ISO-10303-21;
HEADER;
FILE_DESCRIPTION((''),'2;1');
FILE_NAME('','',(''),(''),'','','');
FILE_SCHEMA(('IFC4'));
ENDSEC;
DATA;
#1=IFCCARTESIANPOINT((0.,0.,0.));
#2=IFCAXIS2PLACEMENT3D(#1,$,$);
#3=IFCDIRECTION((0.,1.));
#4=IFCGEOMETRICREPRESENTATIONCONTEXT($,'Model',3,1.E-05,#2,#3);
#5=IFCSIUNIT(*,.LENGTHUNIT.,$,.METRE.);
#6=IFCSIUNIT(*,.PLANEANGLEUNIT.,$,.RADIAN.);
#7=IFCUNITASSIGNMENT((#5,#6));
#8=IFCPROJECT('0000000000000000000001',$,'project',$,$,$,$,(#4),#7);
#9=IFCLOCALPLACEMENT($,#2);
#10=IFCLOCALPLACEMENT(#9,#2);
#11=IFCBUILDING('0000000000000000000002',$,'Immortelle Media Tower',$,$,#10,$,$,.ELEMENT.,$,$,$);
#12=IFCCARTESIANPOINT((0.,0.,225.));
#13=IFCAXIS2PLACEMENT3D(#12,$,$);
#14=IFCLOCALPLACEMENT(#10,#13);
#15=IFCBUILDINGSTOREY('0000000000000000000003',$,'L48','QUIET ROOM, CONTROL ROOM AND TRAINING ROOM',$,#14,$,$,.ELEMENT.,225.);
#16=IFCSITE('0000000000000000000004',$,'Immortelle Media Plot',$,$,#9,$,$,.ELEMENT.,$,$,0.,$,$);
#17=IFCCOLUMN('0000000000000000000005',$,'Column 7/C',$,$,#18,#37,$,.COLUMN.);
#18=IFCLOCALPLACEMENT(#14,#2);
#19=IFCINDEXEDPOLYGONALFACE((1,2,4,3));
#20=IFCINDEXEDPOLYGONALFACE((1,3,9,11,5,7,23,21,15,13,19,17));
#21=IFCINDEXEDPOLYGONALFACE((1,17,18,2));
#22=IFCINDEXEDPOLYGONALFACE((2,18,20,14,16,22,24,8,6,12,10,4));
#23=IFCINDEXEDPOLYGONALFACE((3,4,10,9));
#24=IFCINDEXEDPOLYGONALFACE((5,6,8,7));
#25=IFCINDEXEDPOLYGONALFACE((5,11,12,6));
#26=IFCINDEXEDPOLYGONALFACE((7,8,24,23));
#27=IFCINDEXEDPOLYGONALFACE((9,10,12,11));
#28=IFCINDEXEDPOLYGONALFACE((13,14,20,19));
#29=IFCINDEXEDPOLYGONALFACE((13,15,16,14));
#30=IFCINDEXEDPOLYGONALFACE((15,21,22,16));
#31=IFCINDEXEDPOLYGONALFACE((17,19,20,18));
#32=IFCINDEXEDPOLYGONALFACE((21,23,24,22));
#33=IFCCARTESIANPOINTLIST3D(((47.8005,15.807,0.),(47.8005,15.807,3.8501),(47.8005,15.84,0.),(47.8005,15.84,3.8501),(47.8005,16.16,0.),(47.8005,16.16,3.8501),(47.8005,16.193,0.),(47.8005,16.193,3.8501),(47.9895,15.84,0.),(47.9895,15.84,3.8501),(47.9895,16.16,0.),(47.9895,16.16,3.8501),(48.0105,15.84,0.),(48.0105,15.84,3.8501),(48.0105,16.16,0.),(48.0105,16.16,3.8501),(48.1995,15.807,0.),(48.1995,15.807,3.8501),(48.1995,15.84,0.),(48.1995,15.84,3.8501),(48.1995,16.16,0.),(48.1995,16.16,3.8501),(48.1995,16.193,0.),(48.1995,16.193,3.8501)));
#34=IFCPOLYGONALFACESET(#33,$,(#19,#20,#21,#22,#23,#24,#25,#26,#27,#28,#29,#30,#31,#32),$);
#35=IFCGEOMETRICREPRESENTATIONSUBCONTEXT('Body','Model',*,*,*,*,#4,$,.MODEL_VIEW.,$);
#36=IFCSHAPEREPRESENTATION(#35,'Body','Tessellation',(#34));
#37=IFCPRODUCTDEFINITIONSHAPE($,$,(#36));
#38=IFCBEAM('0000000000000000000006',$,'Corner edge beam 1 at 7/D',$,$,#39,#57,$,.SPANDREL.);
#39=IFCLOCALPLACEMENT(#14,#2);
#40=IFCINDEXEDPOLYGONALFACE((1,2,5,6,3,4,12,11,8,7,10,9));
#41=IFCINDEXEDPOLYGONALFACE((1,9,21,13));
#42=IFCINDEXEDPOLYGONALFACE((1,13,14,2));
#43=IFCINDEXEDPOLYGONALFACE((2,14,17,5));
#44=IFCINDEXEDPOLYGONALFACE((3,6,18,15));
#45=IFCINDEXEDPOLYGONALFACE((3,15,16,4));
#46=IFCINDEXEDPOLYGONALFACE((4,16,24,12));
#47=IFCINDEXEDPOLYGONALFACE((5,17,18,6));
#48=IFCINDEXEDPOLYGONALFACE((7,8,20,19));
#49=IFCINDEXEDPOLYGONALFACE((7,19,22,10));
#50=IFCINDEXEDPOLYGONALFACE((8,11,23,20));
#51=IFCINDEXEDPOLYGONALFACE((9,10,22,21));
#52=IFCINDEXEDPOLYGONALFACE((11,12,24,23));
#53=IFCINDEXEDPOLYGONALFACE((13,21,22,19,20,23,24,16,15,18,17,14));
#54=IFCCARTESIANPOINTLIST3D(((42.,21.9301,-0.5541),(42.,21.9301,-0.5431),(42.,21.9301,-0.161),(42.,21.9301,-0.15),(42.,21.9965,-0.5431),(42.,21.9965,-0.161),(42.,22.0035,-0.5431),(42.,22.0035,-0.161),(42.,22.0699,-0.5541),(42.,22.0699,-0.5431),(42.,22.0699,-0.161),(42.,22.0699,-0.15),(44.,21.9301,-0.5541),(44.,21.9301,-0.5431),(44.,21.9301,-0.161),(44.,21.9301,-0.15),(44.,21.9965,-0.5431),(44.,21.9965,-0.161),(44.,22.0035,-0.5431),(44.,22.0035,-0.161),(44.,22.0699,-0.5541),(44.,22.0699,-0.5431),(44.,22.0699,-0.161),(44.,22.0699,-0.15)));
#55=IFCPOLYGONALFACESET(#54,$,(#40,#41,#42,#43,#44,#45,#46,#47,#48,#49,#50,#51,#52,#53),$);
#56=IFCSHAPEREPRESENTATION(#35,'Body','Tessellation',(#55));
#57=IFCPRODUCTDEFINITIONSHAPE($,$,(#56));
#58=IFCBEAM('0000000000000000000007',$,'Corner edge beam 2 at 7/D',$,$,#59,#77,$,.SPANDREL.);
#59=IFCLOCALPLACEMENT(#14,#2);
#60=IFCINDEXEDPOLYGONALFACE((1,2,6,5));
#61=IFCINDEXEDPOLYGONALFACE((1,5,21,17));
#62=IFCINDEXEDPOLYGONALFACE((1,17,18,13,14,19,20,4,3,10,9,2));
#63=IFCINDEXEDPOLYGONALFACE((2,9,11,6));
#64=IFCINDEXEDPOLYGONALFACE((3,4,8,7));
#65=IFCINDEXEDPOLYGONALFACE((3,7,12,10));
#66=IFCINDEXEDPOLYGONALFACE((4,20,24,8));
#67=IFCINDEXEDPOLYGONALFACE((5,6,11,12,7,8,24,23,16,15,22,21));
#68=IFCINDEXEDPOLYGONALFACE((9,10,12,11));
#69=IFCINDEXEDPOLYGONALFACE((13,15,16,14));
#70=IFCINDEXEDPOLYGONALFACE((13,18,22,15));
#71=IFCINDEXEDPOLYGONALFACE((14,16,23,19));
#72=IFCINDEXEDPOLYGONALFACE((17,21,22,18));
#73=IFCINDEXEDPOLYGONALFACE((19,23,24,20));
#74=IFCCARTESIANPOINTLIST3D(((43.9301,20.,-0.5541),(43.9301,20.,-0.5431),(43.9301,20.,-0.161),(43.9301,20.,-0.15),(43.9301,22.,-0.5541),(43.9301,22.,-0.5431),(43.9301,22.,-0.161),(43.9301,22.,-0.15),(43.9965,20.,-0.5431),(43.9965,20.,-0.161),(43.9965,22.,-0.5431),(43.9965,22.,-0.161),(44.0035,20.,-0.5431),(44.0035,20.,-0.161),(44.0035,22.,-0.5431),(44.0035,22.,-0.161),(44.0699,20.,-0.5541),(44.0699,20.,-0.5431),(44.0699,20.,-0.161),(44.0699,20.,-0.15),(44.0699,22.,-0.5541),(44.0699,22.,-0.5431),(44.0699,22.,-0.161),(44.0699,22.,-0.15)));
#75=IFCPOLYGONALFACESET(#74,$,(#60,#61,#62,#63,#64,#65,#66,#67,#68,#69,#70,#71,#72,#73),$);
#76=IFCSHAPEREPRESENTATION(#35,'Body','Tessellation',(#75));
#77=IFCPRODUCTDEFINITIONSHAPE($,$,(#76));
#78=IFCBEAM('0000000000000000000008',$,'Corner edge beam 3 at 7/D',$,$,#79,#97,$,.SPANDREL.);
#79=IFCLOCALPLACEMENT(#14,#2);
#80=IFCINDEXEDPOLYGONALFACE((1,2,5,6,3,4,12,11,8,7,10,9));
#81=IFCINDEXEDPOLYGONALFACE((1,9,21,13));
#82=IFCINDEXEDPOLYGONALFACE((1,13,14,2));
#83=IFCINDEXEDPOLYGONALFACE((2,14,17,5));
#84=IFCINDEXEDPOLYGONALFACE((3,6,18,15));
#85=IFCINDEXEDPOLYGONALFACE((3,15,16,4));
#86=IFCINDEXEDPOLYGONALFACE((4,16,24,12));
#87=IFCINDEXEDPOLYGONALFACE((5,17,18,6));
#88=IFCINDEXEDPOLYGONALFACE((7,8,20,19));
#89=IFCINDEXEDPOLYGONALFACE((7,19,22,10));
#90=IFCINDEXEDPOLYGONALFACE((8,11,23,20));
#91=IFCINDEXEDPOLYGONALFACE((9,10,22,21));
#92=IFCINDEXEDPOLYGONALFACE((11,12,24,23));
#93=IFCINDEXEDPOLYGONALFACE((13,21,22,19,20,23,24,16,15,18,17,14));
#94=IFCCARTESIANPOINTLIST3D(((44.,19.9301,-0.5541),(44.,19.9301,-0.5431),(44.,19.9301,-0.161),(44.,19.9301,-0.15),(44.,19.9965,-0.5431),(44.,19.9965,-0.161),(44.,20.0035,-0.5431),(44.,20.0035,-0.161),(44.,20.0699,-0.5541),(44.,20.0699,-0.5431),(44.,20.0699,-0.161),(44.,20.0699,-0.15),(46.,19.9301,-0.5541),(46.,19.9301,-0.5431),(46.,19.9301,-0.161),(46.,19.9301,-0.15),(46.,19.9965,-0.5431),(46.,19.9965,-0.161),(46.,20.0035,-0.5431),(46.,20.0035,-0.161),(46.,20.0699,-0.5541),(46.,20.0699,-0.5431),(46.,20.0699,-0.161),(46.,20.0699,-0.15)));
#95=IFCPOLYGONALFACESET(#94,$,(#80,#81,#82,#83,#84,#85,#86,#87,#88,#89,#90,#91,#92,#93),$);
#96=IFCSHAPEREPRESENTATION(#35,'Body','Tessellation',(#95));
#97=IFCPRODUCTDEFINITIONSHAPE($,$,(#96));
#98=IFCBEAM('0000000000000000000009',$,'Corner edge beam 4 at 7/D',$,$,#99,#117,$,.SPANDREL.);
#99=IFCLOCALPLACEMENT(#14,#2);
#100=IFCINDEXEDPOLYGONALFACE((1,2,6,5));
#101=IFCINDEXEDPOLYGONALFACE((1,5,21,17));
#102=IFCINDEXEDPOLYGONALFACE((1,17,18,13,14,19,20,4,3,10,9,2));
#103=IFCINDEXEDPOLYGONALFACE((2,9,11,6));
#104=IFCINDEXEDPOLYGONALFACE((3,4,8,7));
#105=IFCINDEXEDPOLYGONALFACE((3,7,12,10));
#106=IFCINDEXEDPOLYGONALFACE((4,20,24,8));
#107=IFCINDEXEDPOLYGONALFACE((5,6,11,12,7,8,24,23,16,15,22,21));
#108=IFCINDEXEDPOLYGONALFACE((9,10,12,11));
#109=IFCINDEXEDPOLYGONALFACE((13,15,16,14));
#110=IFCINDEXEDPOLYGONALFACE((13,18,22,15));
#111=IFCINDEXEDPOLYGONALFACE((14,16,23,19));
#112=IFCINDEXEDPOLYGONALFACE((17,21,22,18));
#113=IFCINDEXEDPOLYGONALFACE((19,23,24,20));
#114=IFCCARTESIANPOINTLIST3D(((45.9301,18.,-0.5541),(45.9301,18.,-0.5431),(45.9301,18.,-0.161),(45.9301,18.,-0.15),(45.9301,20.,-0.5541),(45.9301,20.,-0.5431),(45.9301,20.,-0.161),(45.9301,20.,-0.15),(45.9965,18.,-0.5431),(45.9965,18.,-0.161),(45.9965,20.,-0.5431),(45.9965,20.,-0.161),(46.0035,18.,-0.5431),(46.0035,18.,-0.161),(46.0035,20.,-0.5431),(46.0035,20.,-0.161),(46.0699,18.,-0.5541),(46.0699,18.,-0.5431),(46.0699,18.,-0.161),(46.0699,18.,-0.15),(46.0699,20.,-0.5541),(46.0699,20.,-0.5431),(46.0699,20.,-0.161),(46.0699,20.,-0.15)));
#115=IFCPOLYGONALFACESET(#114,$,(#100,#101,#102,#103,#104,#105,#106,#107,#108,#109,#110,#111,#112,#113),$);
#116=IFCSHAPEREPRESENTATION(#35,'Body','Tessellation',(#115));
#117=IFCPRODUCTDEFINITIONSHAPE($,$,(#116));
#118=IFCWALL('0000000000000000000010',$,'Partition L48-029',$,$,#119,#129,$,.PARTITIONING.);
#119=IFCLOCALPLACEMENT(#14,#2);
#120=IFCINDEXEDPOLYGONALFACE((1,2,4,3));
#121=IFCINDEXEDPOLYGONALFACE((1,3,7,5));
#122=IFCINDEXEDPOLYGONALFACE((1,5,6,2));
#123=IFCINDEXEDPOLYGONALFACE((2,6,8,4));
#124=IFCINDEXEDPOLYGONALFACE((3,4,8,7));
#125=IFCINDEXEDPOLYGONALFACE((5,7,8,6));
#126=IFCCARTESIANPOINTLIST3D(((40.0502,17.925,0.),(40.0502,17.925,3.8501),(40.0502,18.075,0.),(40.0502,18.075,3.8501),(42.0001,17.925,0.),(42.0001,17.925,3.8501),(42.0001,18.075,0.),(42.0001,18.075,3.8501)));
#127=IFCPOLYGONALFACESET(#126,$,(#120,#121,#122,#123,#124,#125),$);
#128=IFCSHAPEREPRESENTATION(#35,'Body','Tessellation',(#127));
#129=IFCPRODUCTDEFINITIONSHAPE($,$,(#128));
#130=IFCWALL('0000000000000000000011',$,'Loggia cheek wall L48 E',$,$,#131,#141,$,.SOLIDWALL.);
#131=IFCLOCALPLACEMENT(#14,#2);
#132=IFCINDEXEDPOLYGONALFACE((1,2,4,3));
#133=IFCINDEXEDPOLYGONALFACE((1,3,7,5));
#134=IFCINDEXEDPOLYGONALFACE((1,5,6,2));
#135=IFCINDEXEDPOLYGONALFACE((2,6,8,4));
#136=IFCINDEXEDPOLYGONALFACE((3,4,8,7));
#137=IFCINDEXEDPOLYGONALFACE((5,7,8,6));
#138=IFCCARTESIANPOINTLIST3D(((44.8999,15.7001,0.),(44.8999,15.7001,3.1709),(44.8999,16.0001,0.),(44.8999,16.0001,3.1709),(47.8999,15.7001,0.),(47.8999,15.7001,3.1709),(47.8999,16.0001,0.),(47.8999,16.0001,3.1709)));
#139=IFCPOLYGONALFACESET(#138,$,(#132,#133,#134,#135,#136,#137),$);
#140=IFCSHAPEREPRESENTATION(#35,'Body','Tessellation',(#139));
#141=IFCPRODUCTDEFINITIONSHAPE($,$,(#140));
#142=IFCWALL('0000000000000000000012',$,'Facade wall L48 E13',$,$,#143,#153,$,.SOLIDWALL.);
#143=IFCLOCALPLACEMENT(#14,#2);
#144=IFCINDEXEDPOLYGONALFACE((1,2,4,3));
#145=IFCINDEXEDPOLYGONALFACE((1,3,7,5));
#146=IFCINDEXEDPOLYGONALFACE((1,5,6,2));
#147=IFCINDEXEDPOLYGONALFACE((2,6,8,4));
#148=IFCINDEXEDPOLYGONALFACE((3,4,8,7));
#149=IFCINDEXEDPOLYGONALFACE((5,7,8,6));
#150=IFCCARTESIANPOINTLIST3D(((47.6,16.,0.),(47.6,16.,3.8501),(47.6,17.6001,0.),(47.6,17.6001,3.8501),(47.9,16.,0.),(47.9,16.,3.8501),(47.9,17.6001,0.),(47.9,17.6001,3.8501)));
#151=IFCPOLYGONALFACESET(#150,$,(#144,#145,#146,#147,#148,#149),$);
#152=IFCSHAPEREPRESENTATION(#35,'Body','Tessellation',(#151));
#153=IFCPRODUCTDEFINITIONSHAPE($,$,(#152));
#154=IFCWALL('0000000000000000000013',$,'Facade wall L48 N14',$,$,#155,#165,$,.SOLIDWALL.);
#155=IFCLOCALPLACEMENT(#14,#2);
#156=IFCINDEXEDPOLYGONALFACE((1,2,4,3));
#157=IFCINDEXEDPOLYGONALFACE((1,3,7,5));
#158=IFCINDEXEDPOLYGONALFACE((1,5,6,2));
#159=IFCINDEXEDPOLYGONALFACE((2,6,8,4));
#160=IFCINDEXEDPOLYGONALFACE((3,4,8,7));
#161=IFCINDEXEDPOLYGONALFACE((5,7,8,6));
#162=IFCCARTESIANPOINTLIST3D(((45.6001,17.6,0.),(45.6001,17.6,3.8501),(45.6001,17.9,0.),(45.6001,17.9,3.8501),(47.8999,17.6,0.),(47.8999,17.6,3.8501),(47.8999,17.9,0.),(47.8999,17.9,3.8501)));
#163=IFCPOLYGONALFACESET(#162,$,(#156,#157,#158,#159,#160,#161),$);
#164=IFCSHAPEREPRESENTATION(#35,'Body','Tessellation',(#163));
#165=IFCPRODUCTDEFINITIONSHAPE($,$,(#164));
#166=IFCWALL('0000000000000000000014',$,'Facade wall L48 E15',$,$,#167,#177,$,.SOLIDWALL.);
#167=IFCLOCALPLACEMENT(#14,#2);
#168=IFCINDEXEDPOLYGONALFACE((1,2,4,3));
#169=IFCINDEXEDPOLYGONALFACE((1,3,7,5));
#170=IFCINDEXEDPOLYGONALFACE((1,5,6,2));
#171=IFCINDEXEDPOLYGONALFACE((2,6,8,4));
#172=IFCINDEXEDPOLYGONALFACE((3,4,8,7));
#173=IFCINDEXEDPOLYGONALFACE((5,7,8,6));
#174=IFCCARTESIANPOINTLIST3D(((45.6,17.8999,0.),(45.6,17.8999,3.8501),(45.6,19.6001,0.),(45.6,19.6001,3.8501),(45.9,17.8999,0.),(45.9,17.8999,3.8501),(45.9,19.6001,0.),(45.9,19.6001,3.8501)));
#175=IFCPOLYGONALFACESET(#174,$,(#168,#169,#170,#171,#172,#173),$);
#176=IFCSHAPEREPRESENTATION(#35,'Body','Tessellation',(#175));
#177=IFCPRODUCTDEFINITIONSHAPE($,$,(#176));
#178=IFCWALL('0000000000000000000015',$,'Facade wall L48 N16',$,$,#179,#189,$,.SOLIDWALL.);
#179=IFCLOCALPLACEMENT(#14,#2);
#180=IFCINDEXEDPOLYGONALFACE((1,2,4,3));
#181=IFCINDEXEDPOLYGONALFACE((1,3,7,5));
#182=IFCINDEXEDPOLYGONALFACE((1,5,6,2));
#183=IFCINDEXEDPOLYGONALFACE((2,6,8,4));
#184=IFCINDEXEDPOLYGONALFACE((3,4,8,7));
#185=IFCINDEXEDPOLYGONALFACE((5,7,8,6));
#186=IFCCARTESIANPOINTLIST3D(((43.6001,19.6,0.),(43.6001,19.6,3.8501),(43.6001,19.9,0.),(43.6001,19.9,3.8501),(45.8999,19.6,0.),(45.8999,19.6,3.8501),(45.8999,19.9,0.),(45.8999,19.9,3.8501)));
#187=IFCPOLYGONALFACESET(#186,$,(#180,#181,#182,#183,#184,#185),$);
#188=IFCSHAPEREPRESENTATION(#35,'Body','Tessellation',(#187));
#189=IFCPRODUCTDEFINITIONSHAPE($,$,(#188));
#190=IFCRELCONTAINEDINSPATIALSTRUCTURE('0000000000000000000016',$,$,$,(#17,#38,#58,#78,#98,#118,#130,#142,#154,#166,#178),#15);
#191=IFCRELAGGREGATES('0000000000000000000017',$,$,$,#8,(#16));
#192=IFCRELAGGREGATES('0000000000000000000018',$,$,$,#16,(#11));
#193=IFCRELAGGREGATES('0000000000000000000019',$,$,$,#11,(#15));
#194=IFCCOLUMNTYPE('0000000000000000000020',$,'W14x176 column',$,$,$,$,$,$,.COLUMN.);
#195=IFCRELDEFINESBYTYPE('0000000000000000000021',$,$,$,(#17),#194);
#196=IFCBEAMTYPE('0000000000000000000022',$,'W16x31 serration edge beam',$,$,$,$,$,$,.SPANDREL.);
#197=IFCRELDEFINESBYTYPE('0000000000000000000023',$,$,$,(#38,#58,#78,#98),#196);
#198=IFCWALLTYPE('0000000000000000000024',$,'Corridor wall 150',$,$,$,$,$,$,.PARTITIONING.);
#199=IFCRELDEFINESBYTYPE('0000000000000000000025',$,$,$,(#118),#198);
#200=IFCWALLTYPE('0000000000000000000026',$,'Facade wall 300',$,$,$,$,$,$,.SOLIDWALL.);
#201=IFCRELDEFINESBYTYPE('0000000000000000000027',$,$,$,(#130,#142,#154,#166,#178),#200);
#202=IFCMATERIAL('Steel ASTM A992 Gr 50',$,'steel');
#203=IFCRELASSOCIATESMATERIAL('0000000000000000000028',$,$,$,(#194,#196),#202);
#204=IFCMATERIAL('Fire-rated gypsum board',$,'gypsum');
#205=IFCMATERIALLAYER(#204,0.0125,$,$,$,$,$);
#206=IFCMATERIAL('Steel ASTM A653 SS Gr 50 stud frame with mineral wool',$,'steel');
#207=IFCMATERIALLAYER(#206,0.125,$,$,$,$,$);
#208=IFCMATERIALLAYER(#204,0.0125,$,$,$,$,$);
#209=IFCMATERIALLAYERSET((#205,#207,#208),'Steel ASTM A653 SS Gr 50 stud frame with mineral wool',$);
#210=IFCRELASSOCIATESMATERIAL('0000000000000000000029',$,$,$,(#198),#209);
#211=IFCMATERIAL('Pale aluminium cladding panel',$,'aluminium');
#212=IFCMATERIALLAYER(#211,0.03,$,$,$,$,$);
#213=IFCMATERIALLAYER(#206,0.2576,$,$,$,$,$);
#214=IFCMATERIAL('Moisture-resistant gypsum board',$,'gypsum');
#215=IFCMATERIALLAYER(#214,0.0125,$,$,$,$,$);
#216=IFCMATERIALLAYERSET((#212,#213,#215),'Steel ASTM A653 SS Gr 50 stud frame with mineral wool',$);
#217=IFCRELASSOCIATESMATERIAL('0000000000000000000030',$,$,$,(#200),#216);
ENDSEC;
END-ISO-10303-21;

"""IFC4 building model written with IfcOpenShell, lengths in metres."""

from ifc_helpers import new_model, si_unit, direction, frame, frame_2d, origin, origin_2d, place, context, subcontext, project, spatial, rectangle, i_section, extrude, material, layer, layer_set, material_profile, profile_set, type_object, element, save


model = new_model("IFC4")

# Units and contexts
model_context = context("Model", 3, precision=1e-05, world=origin(), true_north=direction((0.0, 1.0)))
body_context = subcontext(model_context, "Body", "Model", "MODEL_VIEW")
ifc_project = project(units=[si_unit("LENGTHUNIT", "METRE"), si_unit("PLANEANGLEUNIT", "RADIAN")], contexts=[model_context])

# Site, building, storey
site_placement = place(None, origin())
site = spatial("IfcSite", under=ifc_project, at=site_placement, Name="Immortelle Media Plot", CompositionType="ELEMENT", RefElevation=0.0)
building_placement = place(site_placement, origin())
building = spatial("IfcBuilding", under=site, at=building_placement, Name="Immortelle Media Tower", CompositionType="ELEMENT")
storey_placement = place(building_placement, frame((0.0, 0.0, 225.0)))
storey = spatial("IfcBuildingStorey", under=building, at=storey_placement, Name="L48", Description="QUIET ROOM, CONTROL ROOM AND TRAINING ROOM", CompositionType="ELEMENT", Elevation=225.0)

# Column
ifc_material_1 = material(Name="Steel ASTM A992 Gr 50", Category="steel")
ifc_material_profile_1 = material_profile(ifc_material_1, i_section(OverallWidth=0.3989, OverallDepth=0.386, WebThickness=0.021, FlangeThickness=0.033, at=origin_2d()), Name="W14x176")
ifc_profile_set_1 = profile_set([ifc_material_profile_1], Name="Steel ASTM A992 Gr 50")
column_type = type_object("IfcColumnType", Name="W14x176 column", PredefinedType="COLUMN", material=ifc_profile_set_1)
column_placement = place(storey_placement, frame((48.0, 16.0, 0.0), z_axis=(0.0, 0.0, 1.0), x_axis=(1.0, 0.0, 0.0)))
element("IfcColumn", 1, at=column_placement, inside=storey, type_object=column_type, Name="Column 7/C", PredefinedType="COLUMN", context=body_context, shape_type="SweptSolid", body=[
    extrude(i_section(OverallWidth=0.3989, OverallDepth=0.386, WebThickness=0.021, FlangeThickness=0.033, at=origin_2d()), origin(), (0.0, 0.0, 1.0), 3.8501),
])

# Beams
ifc_material_profile_2 = material_profile(ifc_material_1, i_section(OverallWidth=0.1399, OverallDepth=0.4041, WebThickness=0.0071, FlangeThickness=0.011, at=origin_2d()), Name="W16x31")
ifc_profile_set_2 = profile_set([ifc_material_profile_2], Name="Steel ASTM A992 Gr 50")
beam_type = type_object("IfcBeamType", Name="W16x31 serration edge beam", PredefinedType="SPANDREL", material=ifc_profile_set_2)
for number, where, z_axis, x_axis, name in (
    (2, (42.0, 22.0, -0.3521), (1.0, 0.0, 0.0), (0.0, 1.0, 0.0), "Corner edge beam 1 at 7/D"),
    (3, (44.0, 22.0, -0.3521), (0.0, -1.0, 0.0), (1.0, 0.0, 0.0), "Corner edge beam 2 at 7/D"),
    (4, (44.0, 20.0, -0.3521), (1.0, 0.0, 0.0), (0.0, 1.0, 0.0), "Corner edge beam 3 at 7/D"),
    (5, (46.0, 20.0, -0.3521), (0.0, -1.0, 0.0), (1.0, 0.0, 0.0), "Corner edge beam 4 at 7/D"),
):
    element("IfcBeam", number, at=place(storey_placement, frame(where, z_axis=z_axis, x_axis=x_axis)), inside=storey, type_object=beam_type, Name=name, PredefinedType="SPANDREL", context=body_context, shape_type="SweptSolid", body=[
        extrude(i_section(OverallWidth=0.1399, OverallDepth=0.4041, WebThickness=0.0071, FlangeThickness=0.011, at=origin_2d()), origin(), (0.0, 0.0, 1.0), 2.0),
    ])

# Walls
ifc_material_2 = material(Name="Fire-rated gypsum board", Category="gypsum")
ifc_layer_1 = layer(ifc_material_2, 0.0125)
ifc_material_3 = material(Name="Steel ASTM A653 SS Gr 50 stud frame with mineral wool", Category="steel")
ifc_layer_2 = layer(ifc_material_3, 0.125)
ifc_layer_3 = layer(ifc_material_2, 0.0125)
ifc_layer_set_1 = layer_set([ifc_layer_1, ifc_layer_2, ifc_layer_3], Name="Steel ASTM A653 SS Gr 50 stud frame with mineral wool")
wall_type_1 = type_object("IfcWallType", Name="Corridor wall 150", PredefinedType="PARTITIONING", material=ifc_layer_set_1)
wall_1_placement = place(storey_placement, frame((40.05, 18.0, 0.0), z_axis=(0.0, 0.0, 1.0), x_axis=(1.0, 0.0, 0.0)))
element("IfcWall", 6, at=wall_1_placement, inside=storey, type_object=wall_type_1, Name="Partition L48-029", PredefinedType="PARTITIONING", context=body_context, shape_type="SweptSolid", body=[
    extrude(rectangle(XDim=1.95, YDim=0.1499, at=frame_2d((0.9751, 0.0))), origin(), (0.0, 0.0, 1.0), 3.8501),
])
ifc_material_4 = material(Name="Pale aluminium cladding panel", Category="aluminium")
ifc_layer_4 = layer(ifc_material_4, 0.03)
ifc_layer_5 = layer(ifc_material_3, 0.2576)
ifc_material_5 = material(Name="Moisture-resistant gypsum board", Category="gypsum")
ifc_layer_6 = layer(ifc_material_5, 0.0125)
ifc_layer_set_2 = layer_set([ifc_layer_4, ifc_layer_5, ifc_layer_6], Name="Steel ASTM A653 SS Gr 50 stud frame with mineral wool")
wall_type_2 = type_object("IfcWallType", Name="Facade wall 300", PredefinedType="SOLIDWALL", material=ifc_layer_set_2)
wall_2_placement = place(storey_placement, frame((47.8999, 15.8501, 0.0), z_axis=(0.0, 0.0, 1.0), x_axis=(-1.0, 0.0, 0.0)))
element("IfcWall", 7, at=wall_2_placement, inside=storey, type_object=wall_type_2, Name="Loggia cheek wall L48 E", PredefinedType="SOLIDWALL", context=body_context, shape_type="SweptSolid", body=[
    extrude(rectangle(XDim=3.0, YDim=0.3, at=frame_2d((1.5, 0.0))), origin(), (0.0, 0.0, 1.0), 3.1709),
])
wall_3_placement = place(storey_placement, frame((47.75, 16.0, 0.0), z_axis=(0.0, 0.0, 1.0), x_axis=(0.0, 1.0, 0.0)))
element("IfcWall", 8, at=wall_3_placement, inside=storey, type_object=wall_type_2, Name="Facade wall L48 E13", PredefinedType="SOLIDWALL", context=body_context, shape_type="SweptSolid", body=[
    extrude(rectangle(XDim=1.6001, YDim=0.3, at=frame_2d((0.8, 0.0))), origin(), (0.0, 0.0, 1.0), 3.8501),
])
wall_4_placement = place(storey_placement, frame((47.8999, 17.75, 0.0), z_axis=(0.0, 0.0, 1.0), x_axis=(-1.0, 0.0, 0.0)))
element("IfcWall", 9, at=wall_4_placement, inside=storey, type_object=wall_type_2, Name="Facade wall L48 N14", PredefinedType="SOLIDWALL", context=body_context, shape_type="SweptSolid", body=[
    extrude(rectangle(XDim=2.2998, YDim=0.3, at=frame_2d((1.1499, 0.0))), origin(), (0.0, 0.0, 1.0), 3.8501),
])
wall_5_placement = place(storey_placement, frame((45.75, 17.8999, 0.0), z_axis=(0.0, 0.0, 1.0), x_axis=(0.0, 1.0, 0.0)))
element("IfcWall", 10, at=wall_5_placement, inside=storey, type_object=wall_type_2, Name="Facade wall L48 E15", PredefinedType="SOLIDWALL", context=body_context, shape_type="SweptSolid", body=[
    extrude(rectangle(XDim=1.7002, YDim=0.3, at=frame_2d((0.8501, 0.0))), origin(), (0.0, 0.0, 1.0), 3.8501),
])
wall_6_placement = place(storey_placement, frame((45.8999, 19.75, 0.0), z_axis=(0.0, 0.0, 1.0), x_axis=(-1.0, 0.0, 0.0)))
element("IfcWall", 11, at=wall_6_placement, inside=storey, type_object=wall_type_2, Name="Facade wall L48 N16", PredefinedType="SOLIDWALL", context=body_context, shape_type="SweptSolid", body=[
    extrude(rectangle(XDim=2.2998, YDim=0.3, at=frame_2d((1.1499, 0.0))), origin(), (0.0, 0.0, 1.0), 3.8501),
])

save(model, "model.ifc")
